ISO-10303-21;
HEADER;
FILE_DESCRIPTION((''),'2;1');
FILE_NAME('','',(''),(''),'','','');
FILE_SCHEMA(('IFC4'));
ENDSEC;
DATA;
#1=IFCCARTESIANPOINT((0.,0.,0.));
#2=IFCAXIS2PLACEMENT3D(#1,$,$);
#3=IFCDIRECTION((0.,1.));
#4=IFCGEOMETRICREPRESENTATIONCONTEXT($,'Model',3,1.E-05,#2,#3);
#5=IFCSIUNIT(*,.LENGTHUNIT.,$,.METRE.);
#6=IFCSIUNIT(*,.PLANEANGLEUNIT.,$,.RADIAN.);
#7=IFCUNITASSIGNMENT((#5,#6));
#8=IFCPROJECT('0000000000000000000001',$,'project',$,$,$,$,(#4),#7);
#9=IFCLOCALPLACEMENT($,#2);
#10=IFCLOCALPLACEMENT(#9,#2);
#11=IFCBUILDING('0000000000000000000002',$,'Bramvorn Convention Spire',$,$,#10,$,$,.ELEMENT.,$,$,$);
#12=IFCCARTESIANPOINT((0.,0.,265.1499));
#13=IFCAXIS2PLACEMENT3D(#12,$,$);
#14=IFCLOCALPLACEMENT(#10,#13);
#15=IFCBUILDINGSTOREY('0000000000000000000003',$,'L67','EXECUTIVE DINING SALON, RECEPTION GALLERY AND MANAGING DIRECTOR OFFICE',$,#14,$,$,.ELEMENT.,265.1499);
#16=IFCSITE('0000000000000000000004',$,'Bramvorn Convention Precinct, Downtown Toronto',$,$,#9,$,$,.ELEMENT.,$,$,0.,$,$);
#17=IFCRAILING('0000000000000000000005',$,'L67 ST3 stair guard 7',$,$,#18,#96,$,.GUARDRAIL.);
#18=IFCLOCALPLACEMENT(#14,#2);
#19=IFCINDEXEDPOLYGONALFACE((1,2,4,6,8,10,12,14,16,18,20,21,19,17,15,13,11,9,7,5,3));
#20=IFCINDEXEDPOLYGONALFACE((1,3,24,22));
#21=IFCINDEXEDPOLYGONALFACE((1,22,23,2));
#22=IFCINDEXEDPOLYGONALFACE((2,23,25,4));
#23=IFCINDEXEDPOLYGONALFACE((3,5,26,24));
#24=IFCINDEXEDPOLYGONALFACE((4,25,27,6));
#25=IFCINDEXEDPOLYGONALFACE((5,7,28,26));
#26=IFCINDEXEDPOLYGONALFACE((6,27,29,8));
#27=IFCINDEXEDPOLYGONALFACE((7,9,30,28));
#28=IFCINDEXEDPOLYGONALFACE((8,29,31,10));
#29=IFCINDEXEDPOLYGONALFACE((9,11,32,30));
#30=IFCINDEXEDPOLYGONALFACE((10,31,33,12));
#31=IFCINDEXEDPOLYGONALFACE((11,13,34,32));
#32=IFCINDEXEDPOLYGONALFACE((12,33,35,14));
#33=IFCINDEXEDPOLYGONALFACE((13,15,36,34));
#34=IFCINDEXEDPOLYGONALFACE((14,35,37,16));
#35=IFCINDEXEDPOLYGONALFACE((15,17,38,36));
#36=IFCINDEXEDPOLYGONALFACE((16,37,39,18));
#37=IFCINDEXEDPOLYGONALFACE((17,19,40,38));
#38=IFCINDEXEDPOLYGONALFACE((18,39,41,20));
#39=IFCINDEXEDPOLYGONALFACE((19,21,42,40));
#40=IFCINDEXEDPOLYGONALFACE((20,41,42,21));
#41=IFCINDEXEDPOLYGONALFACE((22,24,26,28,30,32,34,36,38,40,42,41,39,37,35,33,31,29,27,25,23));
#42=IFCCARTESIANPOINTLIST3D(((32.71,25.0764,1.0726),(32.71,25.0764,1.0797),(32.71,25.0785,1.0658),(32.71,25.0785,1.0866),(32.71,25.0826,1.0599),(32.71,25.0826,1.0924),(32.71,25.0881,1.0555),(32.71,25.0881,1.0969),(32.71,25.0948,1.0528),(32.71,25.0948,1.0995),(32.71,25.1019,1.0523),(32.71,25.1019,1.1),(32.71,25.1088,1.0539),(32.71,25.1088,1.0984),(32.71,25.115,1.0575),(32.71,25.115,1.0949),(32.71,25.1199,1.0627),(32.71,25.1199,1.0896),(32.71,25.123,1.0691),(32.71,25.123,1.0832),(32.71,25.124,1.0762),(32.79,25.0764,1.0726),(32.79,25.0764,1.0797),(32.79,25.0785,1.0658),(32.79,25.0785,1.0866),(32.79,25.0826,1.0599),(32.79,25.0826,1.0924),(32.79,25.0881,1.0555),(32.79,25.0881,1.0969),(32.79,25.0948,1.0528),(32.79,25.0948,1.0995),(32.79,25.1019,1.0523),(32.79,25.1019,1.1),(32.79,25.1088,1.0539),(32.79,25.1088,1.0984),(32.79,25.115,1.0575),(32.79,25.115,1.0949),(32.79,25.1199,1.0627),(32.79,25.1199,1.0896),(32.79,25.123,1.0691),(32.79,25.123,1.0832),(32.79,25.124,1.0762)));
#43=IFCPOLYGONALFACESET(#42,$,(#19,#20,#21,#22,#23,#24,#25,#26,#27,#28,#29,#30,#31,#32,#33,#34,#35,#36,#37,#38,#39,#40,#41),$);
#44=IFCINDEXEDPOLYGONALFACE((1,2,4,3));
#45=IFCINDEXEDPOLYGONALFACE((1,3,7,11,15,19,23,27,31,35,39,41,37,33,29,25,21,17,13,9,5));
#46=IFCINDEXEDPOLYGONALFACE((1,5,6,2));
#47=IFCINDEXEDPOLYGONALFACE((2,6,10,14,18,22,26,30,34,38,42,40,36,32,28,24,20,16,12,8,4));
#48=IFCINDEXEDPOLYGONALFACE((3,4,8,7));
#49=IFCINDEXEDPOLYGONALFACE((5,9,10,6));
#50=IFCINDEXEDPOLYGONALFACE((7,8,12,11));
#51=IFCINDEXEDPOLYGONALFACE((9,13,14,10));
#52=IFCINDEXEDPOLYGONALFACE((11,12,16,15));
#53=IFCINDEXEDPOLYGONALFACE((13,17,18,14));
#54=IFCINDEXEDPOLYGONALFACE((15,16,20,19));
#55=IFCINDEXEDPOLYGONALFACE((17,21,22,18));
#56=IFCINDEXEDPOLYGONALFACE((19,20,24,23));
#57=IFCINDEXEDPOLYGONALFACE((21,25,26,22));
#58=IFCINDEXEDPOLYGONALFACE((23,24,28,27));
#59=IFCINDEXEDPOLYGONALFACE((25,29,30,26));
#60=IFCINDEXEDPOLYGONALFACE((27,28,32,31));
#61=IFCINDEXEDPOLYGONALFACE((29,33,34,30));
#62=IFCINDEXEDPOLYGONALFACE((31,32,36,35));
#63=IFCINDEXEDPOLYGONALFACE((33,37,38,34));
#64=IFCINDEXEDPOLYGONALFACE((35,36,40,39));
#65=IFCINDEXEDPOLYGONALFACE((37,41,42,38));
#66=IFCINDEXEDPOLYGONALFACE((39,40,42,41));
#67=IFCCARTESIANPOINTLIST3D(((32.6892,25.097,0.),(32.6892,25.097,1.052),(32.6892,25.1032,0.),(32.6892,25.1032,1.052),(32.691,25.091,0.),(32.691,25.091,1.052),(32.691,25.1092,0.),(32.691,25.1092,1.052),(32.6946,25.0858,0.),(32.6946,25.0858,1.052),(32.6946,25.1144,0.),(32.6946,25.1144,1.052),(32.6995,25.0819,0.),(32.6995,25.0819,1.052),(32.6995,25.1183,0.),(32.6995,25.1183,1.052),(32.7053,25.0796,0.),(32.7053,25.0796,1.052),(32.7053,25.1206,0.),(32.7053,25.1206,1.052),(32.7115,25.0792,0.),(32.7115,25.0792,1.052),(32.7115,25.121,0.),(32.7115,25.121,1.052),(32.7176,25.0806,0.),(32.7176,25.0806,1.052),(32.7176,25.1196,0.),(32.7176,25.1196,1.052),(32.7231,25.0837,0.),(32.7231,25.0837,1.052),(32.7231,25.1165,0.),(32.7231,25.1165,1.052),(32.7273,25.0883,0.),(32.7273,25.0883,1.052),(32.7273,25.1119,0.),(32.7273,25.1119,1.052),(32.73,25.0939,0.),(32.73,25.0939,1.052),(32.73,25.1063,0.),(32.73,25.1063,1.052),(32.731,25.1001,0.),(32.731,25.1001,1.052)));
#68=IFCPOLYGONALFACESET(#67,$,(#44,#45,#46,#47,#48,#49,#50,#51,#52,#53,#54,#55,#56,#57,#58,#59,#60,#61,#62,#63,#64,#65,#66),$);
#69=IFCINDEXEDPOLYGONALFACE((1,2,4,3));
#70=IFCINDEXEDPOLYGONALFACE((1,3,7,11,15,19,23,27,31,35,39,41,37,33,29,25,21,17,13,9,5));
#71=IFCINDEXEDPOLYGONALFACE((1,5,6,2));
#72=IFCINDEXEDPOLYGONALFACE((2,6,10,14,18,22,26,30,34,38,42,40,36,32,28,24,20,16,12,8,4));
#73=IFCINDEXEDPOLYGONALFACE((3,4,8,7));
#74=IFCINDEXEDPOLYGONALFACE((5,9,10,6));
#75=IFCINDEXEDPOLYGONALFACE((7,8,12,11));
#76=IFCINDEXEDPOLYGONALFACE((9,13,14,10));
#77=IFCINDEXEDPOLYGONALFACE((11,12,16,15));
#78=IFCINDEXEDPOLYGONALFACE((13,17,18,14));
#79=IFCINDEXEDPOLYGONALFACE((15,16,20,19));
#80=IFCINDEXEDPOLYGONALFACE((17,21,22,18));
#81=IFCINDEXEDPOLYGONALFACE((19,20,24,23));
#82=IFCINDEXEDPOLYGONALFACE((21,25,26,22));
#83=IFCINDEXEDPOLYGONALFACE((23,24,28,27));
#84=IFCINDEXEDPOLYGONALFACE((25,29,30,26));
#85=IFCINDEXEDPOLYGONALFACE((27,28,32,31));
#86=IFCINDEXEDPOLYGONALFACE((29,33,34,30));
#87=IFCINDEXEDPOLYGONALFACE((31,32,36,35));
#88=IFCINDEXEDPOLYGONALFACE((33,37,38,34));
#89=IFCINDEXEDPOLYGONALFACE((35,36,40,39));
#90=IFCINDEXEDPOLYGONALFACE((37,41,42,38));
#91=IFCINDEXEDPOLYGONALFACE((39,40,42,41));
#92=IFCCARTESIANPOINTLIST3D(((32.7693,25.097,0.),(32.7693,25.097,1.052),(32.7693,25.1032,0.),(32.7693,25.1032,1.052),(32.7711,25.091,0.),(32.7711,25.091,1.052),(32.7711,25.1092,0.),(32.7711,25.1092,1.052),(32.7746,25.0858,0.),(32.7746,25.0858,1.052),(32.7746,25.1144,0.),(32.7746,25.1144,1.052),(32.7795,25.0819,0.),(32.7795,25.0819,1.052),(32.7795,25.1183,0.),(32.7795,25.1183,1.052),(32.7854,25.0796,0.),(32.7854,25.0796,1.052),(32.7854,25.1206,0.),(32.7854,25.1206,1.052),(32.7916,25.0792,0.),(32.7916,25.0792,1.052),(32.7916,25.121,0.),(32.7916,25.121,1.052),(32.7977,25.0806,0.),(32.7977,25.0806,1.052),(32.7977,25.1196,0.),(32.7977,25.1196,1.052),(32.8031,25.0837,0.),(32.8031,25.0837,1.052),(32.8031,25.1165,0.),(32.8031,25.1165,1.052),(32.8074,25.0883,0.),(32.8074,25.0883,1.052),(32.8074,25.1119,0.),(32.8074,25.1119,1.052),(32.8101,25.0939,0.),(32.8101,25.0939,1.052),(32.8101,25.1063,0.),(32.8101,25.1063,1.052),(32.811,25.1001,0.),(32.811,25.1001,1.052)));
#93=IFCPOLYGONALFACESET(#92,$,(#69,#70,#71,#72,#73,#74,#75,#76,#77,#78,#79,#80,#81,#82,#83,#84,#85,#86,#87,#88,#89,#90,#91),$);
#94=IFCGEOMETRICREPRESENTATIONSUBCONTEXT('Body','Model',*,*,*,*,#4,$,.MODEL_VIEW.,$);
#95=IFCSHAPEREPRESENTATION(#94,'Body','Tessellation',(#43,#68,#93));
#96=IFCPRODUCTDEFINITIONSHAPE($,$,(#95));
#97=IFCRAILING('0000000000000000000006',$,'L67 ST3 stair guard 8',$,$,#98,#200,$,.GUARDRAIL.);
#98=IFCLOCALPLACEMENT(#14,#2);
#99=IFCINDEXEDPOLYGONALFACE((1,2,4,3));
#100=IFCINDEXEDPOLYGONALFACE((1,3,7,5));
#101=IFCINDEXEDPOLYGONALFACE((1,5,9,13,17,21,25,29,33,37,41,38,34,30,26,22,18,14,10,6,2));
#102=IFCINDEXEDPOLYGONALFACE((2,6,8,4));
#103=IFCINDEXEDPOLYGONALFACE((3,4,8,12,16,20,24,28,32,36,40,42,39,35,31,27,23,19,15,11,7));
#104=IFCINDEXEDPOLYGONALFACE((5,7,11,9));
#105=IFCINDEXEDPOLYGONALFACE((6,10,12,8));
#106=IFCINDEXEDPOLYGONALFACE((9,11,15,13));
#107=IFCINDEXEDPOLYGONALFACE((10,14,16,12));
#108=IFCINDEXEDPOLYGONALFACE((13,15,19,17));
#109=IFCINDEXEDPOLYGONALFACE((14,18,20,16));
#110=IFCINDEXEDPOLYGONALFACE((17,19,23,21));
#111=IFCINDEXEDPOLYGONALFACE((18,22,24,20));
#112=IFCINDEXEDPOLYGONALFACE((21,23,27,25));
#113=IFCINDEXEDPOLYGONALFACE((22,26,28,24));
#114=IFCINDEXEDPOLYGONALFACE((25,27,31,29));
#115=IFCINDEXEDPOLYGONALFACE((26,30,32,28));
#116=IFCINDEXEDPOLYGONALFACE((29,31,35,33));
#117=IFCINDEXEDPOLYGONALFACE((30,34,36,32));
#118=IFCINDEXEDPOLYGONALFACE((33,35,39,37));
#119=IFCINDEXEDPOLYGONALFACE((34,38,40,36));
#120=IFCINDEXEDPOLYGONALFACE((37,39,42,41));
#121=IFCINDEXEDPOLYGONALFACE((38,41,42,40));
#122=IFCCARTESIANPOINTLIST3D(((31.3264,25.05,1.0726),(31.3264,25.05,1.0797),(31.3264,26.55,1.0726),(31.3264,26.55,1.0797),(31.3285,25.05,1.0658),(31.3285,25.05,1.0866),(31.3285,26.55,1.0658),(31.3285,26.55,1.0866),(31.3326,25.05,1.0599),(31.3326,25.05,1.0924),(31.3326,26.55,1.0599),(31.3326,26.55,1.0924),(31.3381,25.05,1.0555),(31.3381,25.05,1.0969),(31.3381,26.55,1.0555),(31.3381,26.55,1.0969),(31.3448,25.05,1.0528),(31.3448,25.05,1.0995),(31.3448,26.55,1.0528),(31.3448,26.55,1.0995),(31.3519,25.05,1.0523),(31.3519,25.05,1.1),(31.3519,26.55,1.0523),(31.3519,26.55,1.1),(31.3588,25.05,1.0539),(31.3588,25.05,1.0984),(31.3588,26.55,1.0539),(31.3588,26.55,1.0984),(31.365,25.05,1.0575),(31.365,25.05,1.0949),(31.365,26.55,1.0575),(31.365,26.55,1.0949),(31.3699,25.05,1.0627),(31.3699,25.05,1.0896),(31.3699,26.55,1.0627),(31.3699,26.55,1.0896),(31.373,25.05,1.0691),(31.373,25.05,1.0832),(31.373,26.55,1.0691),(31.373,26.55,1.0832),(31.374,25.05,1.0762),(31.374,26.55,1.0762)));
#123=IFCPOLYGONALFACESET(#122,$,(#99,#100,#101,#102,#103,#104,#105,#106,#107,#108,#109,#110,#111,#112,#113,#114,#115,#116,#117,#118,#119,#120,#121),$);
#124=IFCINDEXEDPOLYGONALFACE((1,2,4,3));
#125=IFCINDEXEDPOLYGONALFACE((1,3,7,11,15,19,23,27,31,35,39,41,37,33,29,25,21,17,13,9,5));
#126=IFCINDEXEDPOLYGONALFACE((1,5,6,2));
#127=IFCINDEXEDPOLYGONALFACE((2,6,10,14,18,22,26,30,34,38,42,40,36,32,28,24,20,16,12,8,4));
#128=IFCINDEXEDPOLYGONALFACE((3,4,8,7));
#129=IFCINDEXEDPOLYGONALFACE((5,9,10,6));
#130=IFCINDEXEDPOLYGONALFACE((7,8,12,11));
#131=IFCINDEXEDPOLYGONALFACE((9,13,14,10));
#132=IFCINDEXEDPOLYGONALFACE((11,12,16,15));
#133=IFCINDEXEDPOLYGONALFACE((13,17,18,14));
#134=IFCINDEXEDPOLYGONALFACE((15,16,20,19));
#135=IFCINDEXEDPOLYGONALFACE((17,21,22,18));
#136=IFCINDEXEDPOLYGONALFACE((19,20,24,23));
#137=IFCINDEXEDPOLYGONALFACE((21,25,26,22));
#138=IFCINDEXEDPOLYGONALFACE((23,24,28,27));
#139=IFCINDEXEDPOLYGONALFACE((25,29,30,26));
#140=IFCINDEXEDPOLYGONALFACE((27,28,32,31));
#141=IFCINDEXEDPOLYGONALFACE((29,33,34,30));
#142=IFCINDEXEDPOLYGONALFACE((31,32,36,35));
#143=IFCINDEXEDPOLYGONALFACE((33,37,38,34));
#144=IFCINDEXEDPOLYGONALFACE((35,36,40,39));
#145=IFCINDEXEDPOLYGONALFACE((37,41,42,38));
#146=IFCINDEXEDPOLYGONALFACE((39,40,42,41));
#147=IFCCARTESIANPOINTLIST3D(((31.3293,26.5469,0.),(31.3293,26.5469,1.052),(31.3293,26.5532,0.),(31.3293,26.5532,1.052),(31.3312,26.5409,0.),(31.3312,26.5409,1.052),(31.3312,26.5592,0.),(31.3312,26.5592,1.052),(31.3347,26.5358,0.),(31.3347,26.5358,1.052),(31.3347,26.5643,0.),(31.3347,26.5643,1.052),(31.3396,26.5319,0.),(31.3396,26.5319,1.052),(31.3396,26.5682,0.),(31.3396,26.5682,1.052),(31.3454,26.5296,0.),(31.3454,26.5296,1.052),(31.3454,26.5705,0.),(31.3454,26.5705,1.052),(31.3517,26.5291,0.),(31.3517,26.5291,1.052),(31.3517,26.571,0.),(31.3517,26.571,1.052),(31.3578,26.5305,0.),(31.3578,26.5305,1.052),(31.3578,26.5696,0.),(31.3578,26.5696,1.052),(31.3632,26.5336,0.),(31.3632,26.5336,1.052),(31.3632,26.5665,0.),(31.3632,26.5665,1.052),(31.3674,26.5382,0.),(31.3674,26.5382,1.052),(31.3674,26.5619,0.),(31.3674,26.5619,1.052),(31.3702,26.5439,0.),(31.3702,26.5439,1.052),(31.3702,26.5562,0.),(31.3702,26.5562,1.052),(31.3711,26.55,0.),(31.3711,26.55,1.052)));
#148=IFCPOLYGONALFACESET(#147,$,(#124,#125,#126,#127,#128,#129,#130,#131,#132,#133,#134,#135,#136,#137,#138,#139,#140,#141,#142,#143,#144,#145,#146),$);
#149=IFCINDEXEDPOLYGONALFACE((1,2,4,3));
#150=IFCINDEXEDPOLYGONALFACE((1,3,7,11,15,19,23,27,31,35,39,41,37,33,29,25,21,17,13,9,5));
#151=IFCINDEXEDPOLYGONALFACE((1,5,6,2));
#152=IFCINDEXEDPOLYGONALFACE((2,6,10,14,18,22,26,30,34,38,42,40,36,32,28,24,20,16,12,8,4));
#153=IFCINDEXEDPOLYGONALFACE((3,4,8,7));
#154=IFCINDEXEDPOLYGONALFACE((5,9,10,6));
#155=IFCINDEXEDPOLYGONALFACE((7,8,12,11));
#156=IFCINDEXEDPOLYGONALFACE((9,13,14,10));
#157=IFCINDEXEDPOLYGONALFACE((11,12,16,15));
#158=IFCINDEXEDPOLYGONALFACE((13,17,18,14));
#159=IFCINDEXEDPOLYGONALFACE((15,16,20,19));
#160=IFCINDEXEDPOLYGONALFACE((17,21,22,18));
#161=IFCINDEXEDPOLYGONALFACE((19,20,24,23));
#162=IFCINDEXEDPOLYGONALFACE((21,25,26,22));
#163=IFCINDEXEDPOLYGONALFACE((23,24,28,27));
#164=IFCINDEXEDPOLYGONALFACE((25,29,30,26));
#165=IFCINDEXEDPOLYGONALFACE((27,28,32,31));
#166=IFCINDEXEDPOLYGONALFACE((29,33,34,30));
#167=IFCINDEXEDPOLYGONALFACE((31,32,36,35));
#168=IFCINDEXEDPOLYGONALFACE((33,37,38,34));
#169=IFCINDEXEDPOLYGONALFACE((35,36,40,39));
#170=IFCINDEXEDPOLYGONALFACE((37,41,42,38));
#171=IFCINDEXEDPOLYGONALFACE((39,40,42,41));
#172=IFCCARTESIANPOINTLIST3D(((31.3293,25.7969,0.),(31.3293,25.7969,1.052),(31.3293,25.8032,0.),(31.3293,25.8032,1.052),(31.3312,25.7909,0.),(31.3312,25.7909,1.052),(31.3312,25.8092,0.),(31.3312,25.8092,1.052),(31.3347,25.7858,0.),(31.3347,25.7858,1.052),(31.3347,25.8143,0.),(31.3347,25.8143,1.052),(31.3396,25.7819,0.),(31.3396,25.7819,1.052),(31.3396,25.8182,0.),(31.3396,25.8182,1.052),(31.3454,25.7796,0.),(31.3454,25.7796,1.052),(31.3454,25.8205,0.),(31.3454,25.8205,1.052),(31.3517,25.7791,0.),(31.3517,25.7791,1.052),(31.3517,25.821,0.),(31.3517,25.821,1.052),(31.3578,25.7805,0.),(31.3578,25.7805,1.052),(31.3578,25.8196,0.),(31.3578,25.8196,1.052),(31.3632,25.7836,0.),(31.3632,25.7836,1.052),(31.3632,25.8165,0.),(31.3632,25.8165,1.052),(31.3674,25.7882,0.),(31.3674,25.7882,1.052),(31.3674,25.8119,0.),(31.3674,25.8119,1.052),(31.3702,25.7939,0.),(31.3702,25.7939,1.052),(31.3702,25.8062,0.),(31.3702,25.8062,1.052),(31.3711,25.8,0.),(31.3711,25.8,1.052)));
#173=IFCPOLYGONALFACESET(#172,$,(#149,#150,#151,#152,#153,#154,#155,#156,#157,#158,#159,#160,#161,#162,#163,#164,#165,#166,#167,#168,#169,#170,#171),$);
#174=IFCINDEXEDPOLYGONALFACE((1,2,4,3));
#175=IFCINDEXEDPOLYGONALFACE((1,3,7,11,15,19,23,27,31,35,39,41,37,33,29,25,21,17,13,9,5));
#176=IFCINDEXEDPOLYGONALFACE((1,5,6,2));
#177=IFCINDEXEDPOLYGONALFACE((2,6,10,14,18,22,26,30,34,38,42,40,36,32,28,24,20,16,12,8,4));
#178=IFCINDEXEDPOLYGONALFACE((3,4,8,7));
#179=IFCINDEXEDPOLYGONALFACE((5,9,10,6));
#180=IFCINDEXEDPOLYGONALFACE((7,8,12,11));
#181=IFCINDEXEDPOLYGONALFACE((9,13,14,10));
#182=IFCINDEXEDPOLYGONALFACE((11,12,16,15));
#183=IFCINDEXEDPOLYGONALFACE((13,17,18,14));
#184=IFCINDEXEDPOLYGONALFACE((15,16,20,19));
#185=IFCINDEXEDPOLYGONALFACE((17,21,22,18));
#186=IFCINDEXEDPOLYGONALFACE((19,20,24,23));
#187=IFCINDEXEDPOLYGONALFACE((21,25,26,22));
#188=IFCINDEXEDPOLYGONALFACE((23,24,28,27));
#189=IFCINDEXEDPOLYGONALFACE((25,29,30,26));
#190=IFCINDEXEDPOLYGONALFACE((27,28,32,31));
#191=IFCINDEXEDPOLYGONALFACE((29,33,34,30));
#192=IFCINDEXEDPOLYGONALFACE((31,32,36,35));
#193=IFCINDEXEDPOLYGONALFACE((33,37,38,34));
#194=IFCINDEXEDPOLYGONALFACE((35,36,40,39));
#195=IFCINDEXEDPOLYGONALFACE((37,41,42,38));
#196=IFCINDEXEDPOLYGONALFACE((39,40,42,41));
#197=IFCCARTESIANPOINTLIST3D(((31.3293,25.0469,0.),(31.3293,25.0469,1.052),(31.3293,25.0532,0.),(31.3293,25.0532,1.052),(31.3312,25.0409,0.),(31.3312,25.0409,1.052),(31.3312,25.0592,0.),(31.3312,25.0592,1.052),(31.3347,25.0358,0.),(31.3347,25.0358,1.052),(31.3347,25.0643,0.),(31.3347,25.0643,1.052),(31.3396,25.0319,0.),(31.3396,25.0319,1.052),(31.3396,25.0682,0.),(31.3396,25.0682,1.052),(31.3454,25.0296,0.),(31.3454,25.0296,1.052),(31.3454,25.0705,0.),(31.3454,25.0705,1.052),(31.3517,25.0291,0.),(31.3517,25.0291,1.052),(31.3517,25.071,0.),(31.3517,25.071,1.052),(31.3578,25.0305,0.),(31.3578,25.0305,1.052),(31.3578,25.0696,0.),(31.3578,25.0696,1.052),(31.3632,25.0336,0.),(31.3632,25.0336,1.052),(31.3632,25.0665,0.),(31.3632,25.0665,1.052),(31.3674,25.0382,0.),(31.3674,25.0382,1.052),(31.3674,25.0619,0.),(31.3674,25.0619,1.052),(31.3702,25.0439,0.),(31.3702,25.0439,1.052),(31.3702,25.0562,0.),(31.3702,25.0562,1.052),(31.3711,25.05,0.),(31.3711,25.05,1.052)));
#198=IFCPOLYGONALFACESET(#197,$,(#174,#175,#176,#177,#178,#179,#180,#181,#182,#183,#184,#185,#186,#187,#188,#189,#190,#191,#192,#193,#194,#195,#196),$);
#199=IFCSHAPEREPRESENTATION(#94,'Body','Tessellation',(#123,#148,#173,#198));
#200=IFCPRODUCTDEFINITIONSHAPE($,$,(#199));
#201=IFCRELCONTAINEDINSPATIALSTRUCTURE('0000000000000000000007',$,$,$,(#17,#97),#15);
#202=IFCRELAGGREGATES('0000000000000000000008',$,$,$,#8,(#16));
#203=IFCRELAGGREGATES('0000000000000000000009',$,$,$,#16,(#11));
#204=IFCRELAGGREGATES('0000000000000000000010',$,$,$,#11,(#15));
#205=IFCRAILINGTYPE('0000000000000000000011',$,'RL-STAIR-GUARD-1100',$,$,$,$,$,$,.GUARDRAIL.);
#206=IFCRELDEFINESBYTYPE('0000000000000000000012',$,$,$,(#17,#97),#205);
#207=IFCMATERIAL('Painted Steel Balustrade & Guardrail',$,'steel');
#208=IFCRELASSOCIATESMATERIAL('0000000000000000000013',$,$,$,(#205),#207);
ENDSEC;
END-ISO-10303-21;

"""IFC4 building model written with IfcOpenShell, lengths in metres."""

from ifc_helpers import new_model, si_unit, direction, frame, origin, origin_2d, place, context, subcontext, project, spatial, circle, extrude, material, type_object, element, save


model = new_model("IFC4")

# Units and contexts
model_context = context("Model", 3, precision=1e-05, world=origin(), true_north=direction((0.0, 1.0)))
body_context = subcontext(model_context, "Body", "Model", "MODEL_VIEW")
ifc_project = project(units=[si_unit("LENGTHUNIT", "METRE"), si_unit("PLANEANGLEUNIT", "RADIAN")], contexts=[model_context])

# Site, building, storey
site_placement = place(None, origin())
site = spatial("IfcSite", under=ifc_project, at=site_placement, Name="Bramvorn Convention Precinct, Downtown Toronto", CompositionType="ELEMENT", RefElevation=0.0)
building_placement = place(site_placement, origin())
building = spatial("IfcBuilding", under=site, at=building_placement, Name="Bramvorn Convention Spire", CompositionType="ELEMENT")
storey_placement = place(building_placement, frame((0.0, 0.0, 265.1499)))
storey = spatial("IfcBuildingStorey", under=building, at=storey_placement, Name="L67", Description="EXECUTIVE DINING SALON, RECEPTION GALLERY AND MANAGING DIRECTOR OFFICE", CompositionType="ELEMENT", Elevation=265.1499)

# Railings
ifc_material_1 = material(Name="Painted Steel Balustrade & Guardrail", Category="steel")
railing_type = type_object("IfcRailingType", Name="RL-STAIR-GUARD-1100", PredefinedType="GUARDRAIL", material=ifc_material_1)
railing_1_placement = place(storey_placement, frame((32.71, 25.1001, 0.0)))
element("IfcRailing", 1, at=railing_1_placement, inside=storey, type_object=railing_type, Name="L67 ST3 stair guard 7", PredefinedType="GUARDRAIL", context=body_context, shape_type="SweptSolid", body=[
    extrude(circle(Radius=0.0239, at=origin_2d()), frame((0.0, 0.0, 1.0762), z_axis=(1.0, 0.0, 0.0), x_axis=(0.0, 1.0, 0.0)), (0.0, 0.0, 1.0), 0.0801),
    extrude(circle(Radius=0.021, at=origin_2d()), origin(), (0.0, 0.0, 1.0), 1.052),
    extrude(circle(Radius=0.021, at=origin_2d()), frame((0.0801, 0.0, 0.0)), (0.0, 0.0, 1.0), 1.052),
])
for number, where, name in (
    (2, (31.3501, 26.55, 0.0), "L67 ST3 stair guard 8"),
):
    element("IfcRailing", number, at=place(storey_placement, frame(where)), inside=storey, type_object=railing_type, Name=name, PredefinedType="GUARDRAIL", context=body_context, shape_type="SweptSolid", body=[
        extrude(circle(Radius=0.0239, at=origin_2d()), frame((0.0, 0.0, 1.0762), z_axis=(0.0, -1.0, 0.0), x_axis=(1.0, 0.0, 0.0)), (0.0, 0.0, 1.0), 1.5),
        extrude(circle(Radius=0.021, at=origin_2d()), origin(), (0.0, 0.0, 1.0), 1.052),
        extrude(circle(Radius=0.021, at=origin_2d()), frame((0.0, -0.75, 0.0)), (0.0, 0.0, 1.0), 1.052),
        extrude(circle(Radius=0.021, at=origin_2d()), frame((0.0, -1.5, 0.0)), (0.0, 0.0, 1.0), 1.052),
    ])

save(model, "model.ifc")
